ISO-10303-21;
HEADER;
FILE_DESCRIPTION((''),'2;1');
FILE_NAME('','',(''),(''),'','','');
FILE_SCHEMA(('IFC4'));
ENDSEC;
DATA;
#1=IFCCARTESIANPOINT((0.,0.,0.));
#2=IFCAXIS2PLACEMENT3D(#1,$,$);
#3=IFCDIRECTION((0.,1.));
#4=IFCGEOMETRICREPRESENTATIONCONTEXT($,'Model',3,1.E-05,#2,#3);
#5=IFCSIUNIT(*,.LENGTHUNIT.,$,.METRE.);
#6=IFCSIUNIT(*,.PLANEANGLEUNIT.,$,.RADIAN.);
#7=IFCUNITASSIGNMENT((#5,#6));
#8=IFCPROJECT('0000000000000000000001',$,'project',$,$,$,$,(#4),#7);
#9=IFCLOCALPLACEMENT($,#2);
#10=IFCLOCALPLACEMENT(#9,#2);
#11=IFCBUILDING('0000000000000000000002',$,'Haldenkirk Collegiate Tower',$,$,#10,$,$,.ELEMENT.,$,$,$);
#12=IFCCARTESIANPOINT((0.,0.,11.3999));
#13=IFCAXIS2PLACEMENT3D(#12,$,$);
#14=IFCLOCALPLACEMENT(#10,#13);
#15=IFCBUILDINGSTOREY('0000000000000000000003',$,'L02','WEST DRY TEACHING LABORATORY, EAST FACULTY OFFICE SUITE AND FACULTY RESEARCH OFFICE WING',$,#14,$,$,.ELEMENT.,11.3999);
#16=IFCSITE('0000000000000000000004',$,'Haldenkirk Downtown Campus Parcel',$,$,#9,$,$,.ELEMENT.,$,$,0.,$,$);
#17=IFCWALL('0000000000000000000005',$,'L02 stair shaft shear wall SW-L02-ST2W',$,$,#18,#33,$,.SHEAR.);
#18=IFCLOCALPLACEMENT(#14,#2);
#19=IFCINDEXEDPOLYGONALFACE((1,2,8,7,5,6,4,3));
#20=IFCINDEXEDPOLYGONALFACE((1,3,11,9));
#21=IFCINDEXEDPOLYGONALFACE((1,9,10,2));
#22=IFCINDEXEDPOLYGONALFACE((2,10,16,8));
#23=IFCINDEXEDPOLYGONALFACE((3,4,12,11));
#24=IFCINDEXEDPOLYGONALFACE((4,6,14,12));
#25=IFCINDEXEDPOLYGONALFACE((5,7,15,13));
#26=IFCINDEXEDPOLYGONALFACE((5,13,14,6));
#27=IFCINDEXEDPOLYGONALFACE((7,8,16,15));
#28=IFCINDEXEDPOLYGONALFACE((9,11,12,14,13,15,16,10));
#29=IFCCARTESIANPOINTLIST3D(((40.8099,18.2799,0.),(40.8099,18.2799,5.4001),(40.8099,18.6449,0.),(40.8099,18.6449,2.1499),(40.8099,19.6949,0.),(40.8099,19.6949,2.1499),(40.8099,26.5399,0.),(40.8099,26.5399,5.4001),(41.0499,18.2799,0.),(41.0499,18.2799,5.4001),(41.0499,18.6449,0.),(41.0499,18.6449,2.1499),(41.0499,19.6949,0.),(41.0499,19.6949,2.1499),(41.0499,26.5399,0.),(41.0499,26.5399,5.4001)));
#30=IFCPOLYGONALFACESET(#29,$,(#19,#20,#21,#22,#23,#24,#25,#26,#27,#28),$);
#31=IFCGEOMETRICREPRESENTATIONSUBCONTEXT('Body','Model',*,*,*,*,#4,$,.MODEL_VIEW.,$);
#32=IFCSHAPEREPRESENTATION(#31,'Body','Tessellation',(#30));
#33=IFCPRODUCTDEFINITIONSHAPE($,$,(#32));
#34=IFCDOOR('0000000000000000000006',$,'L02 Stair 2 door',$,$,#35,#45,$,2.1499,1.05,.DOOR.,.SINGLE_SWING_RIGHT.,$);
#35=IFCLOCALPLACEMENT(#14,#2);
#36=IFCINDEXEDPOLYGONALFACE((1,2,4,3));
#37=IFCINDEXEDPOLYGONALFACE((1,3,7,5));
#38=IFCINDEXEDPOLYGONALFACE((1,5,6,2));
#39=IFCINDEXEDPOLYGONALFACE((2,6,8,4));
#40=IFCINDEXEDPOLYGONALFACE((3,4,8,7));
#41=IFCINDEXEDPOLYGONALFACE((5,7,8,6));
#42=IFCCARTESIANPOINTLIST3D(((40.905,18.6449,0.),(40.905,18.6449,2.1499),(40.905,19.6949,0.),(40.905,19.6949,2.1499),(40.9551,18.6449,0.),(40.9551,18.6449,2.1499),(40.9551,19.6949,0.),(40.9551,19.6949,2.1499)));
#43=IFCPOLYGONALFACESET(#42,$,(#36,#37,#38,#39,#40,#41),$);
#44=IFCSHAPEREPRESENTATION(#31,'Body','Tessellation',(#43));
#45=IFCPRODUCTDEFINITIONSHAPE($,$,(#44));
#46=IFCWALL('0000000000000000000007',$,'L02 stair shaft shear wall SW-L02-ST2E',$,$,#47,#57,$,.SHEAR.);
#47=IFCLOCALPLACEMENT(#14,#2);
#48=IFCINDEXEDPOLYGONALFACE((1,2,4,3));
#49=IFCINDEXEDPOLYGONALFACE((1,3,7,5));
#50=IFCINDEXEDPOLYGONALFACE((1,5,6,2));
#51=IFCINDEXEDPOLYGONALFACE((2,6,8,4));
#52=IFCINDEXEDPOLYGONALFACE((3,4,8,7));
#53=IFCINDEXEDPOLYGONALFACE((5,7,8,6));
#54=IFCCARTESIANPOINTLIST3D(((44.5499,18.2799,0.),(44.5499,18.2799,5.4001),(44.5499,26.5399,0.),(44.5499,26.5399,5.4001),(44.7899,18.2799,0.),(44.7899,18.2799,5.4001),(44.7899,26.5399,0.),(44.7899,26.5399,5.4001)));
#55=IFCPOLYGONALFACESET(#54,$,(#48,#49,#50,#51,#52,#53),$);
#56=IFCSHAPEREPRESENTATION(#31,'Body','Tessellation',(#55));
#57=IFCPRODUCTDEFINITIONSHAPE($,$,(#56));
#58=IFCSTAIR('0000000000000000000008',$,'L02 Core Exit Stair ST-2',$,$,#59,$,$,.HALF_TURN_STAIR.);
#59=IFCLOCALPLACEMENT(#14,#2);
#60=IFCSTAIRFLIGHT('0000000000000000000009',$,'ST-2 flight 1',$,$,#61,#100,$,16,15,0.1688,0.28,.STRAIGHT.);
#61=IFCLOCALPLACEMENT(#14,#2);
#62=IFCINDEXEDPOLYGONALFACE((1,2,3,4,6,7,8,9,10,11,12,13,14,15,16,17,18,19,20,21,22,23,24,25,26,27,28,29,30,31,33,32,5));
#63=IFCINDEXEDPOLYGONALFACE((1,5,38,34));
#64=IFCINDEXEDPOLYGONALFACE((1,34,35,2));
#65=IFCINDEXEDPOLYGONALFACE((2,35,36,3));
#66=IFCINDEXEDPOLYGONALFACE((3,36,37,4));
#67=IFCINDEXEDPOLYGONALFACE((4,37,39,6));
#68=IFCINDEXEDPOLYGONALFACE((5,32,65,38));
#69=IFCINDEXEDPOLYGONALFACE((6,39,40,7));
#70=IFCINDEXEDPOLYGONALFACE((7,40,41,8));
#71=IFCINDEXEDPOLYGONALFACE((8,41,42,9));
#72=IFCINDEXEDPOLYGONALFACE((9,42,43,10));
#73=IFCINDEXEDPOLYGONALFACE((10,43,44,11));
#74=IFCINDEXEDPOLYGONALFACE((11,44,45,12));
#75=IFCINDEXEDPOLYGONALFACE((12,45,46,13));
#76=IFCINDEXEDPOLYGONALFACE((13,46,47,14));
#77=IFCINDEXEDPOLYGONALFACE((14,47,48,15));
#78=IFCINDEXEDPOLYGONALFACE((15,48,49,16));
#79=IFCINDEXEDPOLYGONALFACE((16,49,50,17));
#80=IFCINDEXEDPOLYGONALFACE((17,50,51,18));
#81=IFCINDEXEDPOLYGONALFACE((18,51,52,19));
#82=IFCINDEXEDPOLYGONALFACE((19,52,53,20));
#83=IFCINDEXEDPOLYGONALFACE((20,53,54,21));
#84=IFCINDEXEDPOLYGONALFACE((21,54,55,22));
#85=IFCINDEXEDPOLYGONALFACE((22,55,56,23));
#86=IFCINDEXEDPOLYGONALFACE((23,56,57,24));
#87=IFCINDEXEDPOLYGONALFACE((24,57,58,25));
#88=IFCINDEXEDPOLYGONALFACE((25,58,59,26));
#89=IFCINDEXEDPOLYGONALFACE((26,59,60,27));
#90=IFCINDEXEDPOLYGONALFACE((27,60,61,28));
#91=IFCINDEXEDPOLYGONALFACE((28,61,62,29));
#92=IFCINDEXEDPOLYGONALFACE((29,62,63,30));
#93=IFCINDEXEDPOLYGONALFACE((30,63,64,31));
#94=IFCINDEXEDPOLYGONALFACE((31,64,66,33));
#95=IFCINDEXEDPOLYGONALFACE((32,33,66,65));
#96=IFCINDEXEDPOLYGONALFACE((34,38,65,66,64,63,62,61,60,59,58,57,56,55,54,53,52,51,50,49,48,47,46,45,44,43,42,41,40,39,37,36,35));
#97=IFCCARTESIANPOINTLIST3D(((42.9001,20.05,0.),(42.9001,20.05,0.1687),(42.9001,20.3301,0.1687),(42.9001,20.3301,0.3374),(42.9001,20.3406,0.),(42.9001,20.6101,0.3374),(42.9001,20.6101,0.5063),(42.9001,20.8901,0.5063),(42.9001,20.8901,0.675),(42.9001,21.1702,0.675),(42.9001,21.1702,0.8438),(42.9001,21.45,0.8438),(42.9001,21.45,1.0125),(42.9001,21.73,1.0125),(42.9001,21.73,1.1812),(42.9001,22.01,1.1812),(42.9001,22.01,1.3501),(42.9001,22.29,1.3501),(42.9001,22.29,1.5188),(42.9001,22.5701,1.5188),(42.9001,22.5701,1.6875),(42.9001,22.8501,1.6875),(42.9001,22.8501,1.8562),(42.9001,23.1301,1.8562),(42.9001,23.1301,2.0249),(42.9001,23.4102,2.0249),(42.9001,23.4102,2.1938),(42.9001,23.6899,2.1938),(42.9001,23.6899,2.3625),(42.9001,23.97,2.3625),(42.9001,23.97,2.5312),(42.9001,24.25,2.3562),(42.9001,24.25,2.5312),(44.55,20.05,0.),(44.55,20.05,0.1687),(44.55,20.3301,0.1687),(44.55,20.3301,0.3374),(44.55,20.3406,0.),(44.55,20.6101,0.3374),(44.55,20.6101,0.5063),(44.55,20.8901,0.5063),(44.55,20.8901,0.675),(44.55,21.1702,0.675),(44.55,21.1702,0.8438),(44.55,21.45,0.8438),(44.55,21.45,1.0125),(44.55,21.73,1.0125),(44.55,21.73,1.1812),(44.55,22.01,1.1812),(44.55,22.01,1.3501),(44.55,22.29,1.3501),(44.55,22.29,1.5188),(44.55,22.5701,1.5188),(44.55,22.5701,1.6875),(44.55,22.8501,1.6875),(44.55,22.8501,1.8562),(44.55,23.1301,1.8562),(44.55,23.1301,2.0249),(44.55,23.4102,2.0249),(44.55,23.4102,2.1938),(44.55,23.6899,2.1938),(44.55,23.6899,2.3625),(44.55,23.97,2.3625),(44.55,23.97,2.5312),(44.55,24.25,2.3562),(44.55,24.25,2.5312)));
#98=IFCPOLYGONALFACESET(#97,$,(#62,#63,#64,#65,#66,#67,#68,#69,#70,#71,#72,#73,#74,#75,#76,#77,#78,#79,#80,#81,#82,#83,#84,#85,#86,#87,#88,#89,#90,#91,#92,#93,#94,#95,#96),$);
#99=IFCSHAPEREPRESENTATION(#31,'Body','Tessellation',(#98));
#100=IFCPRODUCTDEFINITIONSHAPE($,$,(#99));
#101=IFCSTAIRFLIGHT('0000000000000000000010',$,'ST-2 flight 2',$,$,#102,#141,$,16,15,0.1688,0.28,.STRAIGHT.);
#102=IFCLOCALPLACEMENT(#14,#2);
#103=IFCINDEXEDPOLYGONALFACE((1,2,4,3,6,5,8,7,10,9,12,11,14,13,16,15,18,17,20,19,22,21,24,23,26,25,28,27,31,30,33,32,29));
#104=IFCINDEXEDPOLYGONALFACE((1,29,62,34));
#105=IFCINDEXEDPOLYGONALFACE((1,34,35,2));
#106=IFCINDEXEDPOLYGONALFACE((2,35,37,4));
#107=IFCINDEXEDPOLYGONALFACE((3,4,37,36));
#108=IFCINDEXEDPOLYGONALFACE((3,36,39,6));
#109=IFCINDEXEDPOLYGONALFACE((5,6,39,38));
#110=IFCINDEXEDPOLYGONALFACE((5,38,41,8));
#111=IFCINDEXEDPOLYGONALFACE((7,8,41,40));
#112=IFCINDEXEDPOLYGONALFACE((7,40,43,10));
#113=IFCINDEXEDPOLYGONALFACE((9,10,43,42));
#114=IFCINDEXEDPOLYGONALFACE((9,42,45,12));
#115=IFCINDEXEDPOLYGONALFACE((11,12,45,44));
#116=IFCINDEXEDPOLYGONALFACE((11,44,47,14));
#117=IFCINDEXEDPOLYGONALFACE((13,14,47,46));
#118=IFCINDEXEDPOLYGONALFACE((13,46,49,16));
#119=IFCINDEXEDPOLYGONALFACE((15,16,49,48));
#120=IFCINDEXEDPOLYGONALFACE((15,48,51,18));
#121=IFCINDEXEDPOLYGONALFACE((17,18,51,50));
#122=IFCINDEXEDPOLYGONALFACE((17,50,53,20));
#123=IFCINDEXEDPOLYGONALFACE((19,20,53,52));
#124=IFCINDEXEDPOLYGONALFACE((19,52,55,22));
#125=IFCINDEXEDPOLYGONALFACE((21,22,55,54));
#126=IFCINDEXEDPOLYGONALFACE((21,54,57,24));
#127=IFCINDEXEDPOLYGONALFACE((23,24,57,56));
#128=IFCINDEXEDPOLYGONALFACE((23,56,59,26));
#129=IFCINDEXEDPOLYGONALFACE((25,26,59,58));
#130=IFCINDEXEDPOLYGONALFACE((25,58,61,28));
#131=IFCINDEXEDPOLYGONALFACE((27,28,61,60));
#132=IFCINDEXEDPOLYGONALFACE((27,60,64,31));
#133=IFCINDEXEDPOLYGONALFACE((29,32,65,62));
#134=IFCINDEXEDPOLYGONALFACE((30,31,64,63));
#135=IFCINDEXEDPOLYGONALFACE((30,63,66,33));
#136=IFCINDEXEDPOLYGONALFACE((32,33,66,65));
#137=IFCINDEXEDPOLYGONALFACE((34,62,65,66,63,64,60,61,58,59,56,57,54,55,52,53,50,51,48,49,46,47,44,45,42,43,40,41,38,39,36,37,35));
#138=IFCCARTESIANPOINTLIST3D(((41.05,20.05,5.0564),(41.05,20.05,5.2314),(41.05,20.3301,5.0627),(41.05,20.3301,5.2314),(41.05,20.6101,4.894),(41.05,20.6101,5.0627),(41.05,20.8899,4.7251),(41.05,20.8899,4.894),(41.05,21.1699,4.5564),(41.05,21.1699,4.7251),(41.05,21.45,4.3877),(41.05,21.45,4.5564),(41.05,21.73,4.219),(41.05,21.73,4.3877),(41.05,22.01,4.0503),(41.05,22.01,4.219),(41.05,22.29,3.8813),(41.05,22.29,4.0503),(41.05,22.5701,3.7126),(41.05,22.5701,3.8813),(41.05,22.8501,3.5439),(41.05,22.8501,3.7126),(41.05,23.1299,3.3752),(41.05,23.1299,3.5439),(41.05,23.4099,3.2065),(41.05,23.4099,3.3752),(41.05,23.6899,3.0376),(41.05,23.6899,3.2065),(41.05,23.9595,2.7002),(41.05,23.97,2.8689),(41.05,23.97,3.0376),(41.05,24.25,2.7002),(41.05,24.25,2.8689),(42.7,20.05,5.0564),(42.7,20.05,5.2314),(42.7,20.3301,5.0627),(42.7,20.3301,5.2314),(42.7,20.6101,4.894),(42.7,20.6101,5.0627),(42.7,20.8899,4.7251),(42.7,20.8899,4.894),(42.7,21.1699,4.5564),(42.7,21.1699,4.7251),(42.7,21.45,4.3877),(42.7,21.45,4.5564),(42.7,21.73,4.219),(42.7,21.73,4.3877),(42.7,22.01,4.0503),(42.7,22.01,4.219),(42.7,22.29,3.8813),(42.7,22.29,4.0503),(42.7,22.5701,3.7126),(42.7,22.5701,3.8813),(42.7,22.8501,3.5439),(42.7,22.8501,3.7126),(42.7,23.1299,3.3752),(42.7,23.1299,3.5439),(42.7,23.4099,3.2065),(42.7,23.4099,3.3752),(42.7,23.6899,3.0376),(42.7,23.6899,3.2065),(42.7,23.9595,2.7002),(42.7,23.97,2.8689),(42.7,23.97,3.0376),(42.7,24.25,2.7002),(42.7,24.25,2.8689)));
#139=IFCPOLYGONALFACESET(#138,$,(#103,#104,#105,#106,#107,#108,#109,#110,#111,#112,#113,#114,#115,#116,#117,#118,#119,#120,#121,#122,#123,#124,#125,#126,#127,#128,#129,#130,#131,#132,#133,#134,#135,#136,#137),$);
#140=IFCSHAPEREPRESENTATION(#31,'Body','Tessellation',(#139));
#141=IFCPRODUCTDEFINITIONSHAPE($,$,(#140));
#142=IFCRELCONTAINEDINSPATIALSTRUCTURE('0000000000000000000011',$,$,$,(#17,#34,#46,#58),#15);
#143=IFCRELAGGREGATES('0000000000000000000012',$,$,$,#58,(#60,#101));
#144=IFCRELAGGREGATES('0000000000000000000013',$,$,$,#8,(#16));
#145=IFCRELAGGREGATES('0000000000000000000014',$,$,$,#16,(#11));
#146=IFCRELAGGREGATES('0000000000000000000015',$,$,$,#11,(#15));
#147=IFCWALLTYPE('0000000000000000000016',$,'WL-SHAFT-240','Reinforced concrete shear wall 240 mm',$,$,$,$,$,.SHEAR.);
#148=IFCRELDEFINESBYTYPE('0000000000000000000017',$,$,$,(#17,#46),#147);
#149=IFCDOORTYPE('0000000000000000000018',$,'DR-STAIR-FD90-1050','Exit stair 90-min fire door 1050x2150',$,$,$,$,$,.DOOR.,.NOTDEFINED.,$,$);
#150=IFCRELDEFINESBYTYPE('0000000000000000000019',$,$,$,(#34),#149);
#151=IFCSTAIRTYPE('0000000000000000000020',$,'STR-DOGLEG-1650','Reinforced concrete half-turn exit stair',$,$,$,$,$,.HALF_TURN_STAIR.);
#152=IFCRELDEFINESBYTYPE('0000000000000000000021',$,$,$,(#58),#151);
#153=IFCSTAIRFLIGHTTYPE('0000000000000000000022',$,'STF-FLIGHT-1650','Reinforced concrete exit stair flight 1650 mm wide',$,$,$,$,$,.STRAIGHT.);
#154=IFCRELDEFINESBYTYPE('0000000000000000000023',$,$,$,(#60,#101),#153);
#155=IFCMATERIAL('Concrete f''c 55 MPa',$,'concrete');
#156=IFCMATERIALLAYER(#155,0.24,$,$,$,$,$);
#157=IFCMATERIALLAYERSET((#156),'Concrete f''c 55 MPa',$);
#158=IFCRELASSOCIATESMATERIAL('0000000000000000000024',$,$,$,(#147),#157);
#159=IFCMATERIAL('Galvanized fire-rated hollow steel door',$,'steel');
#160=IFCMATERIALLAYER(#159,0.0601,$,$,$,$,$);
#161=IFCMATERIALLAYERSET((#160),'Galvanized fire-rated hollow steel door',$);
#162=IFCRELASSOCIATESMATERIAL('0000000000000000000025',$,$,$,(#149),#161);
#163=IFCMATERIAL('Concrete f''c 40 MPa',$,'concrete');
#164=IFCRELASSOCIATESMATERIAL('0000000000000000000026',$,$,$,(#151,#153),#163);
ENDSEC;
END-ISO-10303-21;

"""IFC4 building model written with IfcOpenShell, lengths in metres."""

from ifc_helpers import new_model, si_unit, direction, frame, frame_2d, origin, place, context, subcontext, project, spatial, polyline, rectangle, outline, extrude, material, layer, layer_set, type_object, element, fill, aggregate, save


model = new_model("IFC4")

# Units and contexts
model_context = context("Model", 3, precision=1e-05, world=origin(), true_north=direction((0.0, 1.0)))
body_context = subcontext(model_context, "Body", "Model", "MODEL_VIEW")
ifc_project = project(units=[si_unit("LENGTHUNIT", "METRE"), si_unit("PLANEANGLEUNIT", "RADIAN")], contexts=[model_context])

# Site, building, storey
site_placement = place(None, origin())
site = spatial("IfcSite", under=ifc_project, at=site_placement, Name="Haldenkirk Downtown Campus Parcel", CompositionType="ELEMENT", RefElevation=0.0)
building_placement = place(site_placement, origin())
building = spatial("IfcBuilding", under=site, at=building_placement, Name="Haldenkirk Collegiate Tower", CompositionType="ELEMENT")
storey_placement = place(building_placement, frame((0.0, 0.0, 11.3999)))
storey = spatial("IfcBuildingStorey", under=building, at=storey_placement, Name="L02", Description="WEST DRY TEACHING LABORATORY, EAST FACULTY OFFICE SUITE AND FACULTY RESEARCH OFFICE WING", CompositionType="ELEMENT", Elevation=11.3999)

# Shared definitions
ifc_material_1 = material(Name="Galvanized fire-rated hollow steel door", Category="steel")

# Wall, opening, door
ifc_material_2 = material(Name="Concrete f'c 55 MPa", Category="concrete")
ifc_layer_1 = layer(ifc_material_2, 0.24)
ifc_layer_set_1 = layer_set([ifc_layer_1], Name="Concrete f'c 55 MPa")
wall_type_1 = type_object("IfcWallType", Name="WL-SHAFT-240", Description="Reinforced concrete shear wall 240 mm", PredefinedType="SHEAR", material=ifc_layer_set_1)
wall_1_placement = place(storey_placement, frame((40.9299, 18.28, 0.0), z_axis=(0.0, 0.0, 1.0), x_axis=(0.0, 1.0, 0.0)))
wall_1 = element("IfcWall", 1, at=wall_1_placement, inside=storey, type_object=wall_type_1, Name="L02 stair shaft shear wall SW-L02-ST2W", PredefinedType="SHEAR", context=body_context, shape_type="SweptSolid", body=[
    extrude(rectangle(XDim=8.26, YDim=0.24, at=frame_2d((4.1299, 0.0))), origin(), (0.0, 0.0, 1.0), 5.4001),
])
opening_1_placement = place(wall_1_placement, frame((0.365, 0.0, 0.0)))
opening_1 = element("IfcOpeningElement", 2, at=opening_1_placement, cuts=wall_1, PredefinedType="OPENING", context=body_context, shape_type="SweptSolid", body=[
    extrude(rectangle(XDim=1.05, YDim=2.1499, at=frame_2d((0.5249, 1.075))), frame((0.0, 0.1299, 0.0), z_axis=(0.0, -1.0, 0.0), x_axis=(1.0, 0.0, 0.0)), (0.0, 0.0, 1.0), 0.26),
])
ifc_layer_2 = layer(ifc_material_1, 0.0601)
ifc_layer_set_2 = layer_set([ifc_layer_2], Name="Galvanized fire-rated hollow steel door")
door_type_1 = type_object("IfcDoorType", Name="DR-STAIR-FD90-1050", Description="Exit stair 90-min fire door 1050x2150", OperationType="NOTDEFINED", PredefinedType="DOOR", material=ifc_layer_set_2)
door_1_placement = place(opening_1_placement, origin())
door_1 = element("IfcDoor", 3, at=door_1_placement, inside=storey, type_object=door_type_1, Name="L02 Stair 2 door", OperationType="SINGLE_SWING_RIGHT", OverallHeight=2.1499, OverallWidth=1.05, PredefinedType="DOOR", context=body_context, shape_type="SweptSolid", body=[
    extrude(rectangle(XDim=1.05, YDim=2.1499, at=frame_2d((0.5249, 1.075))), frame((0.0, 0.0249, 0.0), z_axis=(0.0, -1.0, 0.0), x_axis=(1.0, 0.0, 0.0)), (0.0, 0.0, 1.0), 0.05),
])
fill(opening_1, door_1)

# Wall
wall_2_placement = place(storey_placement, frame((44.6699, 18.28, 0.0), z_axis=(0.0, 0.0, 1.0), x_axis=(0.0, 1.0, 0.0)))
element("IfcWall", 4, at=wall_2_placement, inside=storey, type_object=wall_type_1, Name="L02 stair shaft shear wall SW-L02-ST2E", PredefinedType="SHEAR", context=body_context, shape_type="SweptSolid", body=[
    extrude(rectangle(XDim=8.26, YDim=0.24, at=frame_2d((4.1299, 0.0))), origin(), (0.0, 0.0, 1.0), 5.4001),
])

# Stair, stair flights
ifc_material_3 = material(Name="Concrete f'c 40 MPa", Category="concrete")
stair_type = type_object("IfcStairType", Name="STR-DOGLEG-1650", Description="Reinforced concrete half-turn exit stair", PredefinedType="HALF_TURN_STAIR", material=ifc_material_3)
stair_placement = place(storey_placement, origin())
stair = element("IfcStair", 5, at=stair_placement, inside=storey, type_object=stair_type, Name="L02 Core Exit Stair ST-2", PredefinedType="HALF_TURN_STAIR")
stair_flight_type = type_object("IfcStairFlightType", Name="STF-FLIGHT-1650", Description="Reinforced concrete exit stair flight 1650 mm wide", PredefinedType="STRAIGHT", material=ifc_material_3)
stair_flight_1_placement = place(storey_placement, frame((43.7251, 20.05, 0.0), z_axis=(0.0, 0.0, 1.0), x_axis=(0.0, 1.0, 0.0)))
stair_flight_1 = element("IfcStairFlight", 6, at=stair_flight_1_placement, type_object=stair_flight_type, Name="ST-2 flight 1", NumberOfRisers=16, NumberOfTreads=15, PredefinedType="STRAIGHT", RiserHeight=0.1688, TreadLength=0.28, context=body_context, shape_type="SweptSolid", body=[
    extrude(outline(polyline([(0.0, 0.0), (0.0, 0.1687), (0.28, 0.1687), (0.28, 0.3374), (0.5601, 0.3374), (0.5601, 0.5063), (0.8401, 0.5063), (0.8401, 0.675), (1.1201, 0.675), (1.1201, 0.8438), (1.3999, 0.8438), (1.3999, 1.0125), (1.6799, 1.0125), (1.6799, 1.1812), (1.96, 1.1812), (1.96, 1.3501), (2.24, 1.3501), (2.24, 1.5188), (2.52, 1.5188), (2.52, 1.6875), (2.8, 1.6875), (2.8, 1.8562), (3.0801, 1.8562), (3.0801, 2.0249), (3.3601, 2.0249), (3.3601, 2.1938), (3.6399, 2.1938), (3.6399, 2.3625), (3.9199, 2.3625), (3.9199, 2.5312), (4.2, 2.5312), (4.2, 2.7), (4.2, 2.3562), (0.2905, 0.0), (0.0, 0.0)])), frame((0.0, 0.825, 0.0), z_axis=(0.0, -1.0, 0.0), x_axis=(1.0, 0.0, 0.0)), (0.0, 0.0, 1.0), 1.6499),
])
stair_flight_2_placement = place(storey_placement, frame((41.875, 24.25, 2.7002), z_axis=(0.0, 0.0, 1.0), x_axis=(0.0, -1.0, 0.0)))
stair_flight_2 = element("IfcStairFlight", 7, at=stair_flight_2_placement, type_object=stair_flight_type, Name="ST-2 flight 2", NumberOfRisers=16, NumberOfTreads=15, PredefinedType="STRAIGHT", RiserHeight=0.1688, TreadLength=0.28, context=body_context, shape_type="SweptSolid", body=[
    extrude(outline(polyline([(0.0, 0.0), (0.0, 0.1687), (0.28, 0.1687), (0.28, 0.3374), (0.5601, 0.3374), (0.5601, 0.5063), (0.8401, 0.5063), (0.8401, 0.675), (1.1201, 0.675), (1.1201, 0.8438), (1.3999, 0.8438), (1.3999, 1.0125), (1.6799, 1.0125), (1.6799, 1.1812), (1.96, 1.1812), (1.96, 1.3501), (2.24, 1.3501), (2.24, 1.5188), (2.52, 1.5188), (2.52, 1.6875), (2.8, 1.6875), (2.8, 1.8562), (3.0801, 1.8562), (3.0801, 2.0249), (3.3601, 2.0249), (3.3601, 2.1938), (3.6399, 2.1938), (3.6399, 2.3625), (3.9199, 2.3625), (3.9199, 2.5312), (4.2, 2.5312), (4.2, 2.7), (4.2, 2.3562), (0.2905, 0.0), (0.0, 0.0)])), frame((0.0, 0.825, 0.0), z_axis=(0.0, -1.0, 0.0), x_axis=(1.0, 0.0, 0.0)), (0.0, 0.0, 1.0), 1.6499),
])
aggregate(stair, [stair_flight_1, stair_flight_2])

save(model, "model.ifc")
